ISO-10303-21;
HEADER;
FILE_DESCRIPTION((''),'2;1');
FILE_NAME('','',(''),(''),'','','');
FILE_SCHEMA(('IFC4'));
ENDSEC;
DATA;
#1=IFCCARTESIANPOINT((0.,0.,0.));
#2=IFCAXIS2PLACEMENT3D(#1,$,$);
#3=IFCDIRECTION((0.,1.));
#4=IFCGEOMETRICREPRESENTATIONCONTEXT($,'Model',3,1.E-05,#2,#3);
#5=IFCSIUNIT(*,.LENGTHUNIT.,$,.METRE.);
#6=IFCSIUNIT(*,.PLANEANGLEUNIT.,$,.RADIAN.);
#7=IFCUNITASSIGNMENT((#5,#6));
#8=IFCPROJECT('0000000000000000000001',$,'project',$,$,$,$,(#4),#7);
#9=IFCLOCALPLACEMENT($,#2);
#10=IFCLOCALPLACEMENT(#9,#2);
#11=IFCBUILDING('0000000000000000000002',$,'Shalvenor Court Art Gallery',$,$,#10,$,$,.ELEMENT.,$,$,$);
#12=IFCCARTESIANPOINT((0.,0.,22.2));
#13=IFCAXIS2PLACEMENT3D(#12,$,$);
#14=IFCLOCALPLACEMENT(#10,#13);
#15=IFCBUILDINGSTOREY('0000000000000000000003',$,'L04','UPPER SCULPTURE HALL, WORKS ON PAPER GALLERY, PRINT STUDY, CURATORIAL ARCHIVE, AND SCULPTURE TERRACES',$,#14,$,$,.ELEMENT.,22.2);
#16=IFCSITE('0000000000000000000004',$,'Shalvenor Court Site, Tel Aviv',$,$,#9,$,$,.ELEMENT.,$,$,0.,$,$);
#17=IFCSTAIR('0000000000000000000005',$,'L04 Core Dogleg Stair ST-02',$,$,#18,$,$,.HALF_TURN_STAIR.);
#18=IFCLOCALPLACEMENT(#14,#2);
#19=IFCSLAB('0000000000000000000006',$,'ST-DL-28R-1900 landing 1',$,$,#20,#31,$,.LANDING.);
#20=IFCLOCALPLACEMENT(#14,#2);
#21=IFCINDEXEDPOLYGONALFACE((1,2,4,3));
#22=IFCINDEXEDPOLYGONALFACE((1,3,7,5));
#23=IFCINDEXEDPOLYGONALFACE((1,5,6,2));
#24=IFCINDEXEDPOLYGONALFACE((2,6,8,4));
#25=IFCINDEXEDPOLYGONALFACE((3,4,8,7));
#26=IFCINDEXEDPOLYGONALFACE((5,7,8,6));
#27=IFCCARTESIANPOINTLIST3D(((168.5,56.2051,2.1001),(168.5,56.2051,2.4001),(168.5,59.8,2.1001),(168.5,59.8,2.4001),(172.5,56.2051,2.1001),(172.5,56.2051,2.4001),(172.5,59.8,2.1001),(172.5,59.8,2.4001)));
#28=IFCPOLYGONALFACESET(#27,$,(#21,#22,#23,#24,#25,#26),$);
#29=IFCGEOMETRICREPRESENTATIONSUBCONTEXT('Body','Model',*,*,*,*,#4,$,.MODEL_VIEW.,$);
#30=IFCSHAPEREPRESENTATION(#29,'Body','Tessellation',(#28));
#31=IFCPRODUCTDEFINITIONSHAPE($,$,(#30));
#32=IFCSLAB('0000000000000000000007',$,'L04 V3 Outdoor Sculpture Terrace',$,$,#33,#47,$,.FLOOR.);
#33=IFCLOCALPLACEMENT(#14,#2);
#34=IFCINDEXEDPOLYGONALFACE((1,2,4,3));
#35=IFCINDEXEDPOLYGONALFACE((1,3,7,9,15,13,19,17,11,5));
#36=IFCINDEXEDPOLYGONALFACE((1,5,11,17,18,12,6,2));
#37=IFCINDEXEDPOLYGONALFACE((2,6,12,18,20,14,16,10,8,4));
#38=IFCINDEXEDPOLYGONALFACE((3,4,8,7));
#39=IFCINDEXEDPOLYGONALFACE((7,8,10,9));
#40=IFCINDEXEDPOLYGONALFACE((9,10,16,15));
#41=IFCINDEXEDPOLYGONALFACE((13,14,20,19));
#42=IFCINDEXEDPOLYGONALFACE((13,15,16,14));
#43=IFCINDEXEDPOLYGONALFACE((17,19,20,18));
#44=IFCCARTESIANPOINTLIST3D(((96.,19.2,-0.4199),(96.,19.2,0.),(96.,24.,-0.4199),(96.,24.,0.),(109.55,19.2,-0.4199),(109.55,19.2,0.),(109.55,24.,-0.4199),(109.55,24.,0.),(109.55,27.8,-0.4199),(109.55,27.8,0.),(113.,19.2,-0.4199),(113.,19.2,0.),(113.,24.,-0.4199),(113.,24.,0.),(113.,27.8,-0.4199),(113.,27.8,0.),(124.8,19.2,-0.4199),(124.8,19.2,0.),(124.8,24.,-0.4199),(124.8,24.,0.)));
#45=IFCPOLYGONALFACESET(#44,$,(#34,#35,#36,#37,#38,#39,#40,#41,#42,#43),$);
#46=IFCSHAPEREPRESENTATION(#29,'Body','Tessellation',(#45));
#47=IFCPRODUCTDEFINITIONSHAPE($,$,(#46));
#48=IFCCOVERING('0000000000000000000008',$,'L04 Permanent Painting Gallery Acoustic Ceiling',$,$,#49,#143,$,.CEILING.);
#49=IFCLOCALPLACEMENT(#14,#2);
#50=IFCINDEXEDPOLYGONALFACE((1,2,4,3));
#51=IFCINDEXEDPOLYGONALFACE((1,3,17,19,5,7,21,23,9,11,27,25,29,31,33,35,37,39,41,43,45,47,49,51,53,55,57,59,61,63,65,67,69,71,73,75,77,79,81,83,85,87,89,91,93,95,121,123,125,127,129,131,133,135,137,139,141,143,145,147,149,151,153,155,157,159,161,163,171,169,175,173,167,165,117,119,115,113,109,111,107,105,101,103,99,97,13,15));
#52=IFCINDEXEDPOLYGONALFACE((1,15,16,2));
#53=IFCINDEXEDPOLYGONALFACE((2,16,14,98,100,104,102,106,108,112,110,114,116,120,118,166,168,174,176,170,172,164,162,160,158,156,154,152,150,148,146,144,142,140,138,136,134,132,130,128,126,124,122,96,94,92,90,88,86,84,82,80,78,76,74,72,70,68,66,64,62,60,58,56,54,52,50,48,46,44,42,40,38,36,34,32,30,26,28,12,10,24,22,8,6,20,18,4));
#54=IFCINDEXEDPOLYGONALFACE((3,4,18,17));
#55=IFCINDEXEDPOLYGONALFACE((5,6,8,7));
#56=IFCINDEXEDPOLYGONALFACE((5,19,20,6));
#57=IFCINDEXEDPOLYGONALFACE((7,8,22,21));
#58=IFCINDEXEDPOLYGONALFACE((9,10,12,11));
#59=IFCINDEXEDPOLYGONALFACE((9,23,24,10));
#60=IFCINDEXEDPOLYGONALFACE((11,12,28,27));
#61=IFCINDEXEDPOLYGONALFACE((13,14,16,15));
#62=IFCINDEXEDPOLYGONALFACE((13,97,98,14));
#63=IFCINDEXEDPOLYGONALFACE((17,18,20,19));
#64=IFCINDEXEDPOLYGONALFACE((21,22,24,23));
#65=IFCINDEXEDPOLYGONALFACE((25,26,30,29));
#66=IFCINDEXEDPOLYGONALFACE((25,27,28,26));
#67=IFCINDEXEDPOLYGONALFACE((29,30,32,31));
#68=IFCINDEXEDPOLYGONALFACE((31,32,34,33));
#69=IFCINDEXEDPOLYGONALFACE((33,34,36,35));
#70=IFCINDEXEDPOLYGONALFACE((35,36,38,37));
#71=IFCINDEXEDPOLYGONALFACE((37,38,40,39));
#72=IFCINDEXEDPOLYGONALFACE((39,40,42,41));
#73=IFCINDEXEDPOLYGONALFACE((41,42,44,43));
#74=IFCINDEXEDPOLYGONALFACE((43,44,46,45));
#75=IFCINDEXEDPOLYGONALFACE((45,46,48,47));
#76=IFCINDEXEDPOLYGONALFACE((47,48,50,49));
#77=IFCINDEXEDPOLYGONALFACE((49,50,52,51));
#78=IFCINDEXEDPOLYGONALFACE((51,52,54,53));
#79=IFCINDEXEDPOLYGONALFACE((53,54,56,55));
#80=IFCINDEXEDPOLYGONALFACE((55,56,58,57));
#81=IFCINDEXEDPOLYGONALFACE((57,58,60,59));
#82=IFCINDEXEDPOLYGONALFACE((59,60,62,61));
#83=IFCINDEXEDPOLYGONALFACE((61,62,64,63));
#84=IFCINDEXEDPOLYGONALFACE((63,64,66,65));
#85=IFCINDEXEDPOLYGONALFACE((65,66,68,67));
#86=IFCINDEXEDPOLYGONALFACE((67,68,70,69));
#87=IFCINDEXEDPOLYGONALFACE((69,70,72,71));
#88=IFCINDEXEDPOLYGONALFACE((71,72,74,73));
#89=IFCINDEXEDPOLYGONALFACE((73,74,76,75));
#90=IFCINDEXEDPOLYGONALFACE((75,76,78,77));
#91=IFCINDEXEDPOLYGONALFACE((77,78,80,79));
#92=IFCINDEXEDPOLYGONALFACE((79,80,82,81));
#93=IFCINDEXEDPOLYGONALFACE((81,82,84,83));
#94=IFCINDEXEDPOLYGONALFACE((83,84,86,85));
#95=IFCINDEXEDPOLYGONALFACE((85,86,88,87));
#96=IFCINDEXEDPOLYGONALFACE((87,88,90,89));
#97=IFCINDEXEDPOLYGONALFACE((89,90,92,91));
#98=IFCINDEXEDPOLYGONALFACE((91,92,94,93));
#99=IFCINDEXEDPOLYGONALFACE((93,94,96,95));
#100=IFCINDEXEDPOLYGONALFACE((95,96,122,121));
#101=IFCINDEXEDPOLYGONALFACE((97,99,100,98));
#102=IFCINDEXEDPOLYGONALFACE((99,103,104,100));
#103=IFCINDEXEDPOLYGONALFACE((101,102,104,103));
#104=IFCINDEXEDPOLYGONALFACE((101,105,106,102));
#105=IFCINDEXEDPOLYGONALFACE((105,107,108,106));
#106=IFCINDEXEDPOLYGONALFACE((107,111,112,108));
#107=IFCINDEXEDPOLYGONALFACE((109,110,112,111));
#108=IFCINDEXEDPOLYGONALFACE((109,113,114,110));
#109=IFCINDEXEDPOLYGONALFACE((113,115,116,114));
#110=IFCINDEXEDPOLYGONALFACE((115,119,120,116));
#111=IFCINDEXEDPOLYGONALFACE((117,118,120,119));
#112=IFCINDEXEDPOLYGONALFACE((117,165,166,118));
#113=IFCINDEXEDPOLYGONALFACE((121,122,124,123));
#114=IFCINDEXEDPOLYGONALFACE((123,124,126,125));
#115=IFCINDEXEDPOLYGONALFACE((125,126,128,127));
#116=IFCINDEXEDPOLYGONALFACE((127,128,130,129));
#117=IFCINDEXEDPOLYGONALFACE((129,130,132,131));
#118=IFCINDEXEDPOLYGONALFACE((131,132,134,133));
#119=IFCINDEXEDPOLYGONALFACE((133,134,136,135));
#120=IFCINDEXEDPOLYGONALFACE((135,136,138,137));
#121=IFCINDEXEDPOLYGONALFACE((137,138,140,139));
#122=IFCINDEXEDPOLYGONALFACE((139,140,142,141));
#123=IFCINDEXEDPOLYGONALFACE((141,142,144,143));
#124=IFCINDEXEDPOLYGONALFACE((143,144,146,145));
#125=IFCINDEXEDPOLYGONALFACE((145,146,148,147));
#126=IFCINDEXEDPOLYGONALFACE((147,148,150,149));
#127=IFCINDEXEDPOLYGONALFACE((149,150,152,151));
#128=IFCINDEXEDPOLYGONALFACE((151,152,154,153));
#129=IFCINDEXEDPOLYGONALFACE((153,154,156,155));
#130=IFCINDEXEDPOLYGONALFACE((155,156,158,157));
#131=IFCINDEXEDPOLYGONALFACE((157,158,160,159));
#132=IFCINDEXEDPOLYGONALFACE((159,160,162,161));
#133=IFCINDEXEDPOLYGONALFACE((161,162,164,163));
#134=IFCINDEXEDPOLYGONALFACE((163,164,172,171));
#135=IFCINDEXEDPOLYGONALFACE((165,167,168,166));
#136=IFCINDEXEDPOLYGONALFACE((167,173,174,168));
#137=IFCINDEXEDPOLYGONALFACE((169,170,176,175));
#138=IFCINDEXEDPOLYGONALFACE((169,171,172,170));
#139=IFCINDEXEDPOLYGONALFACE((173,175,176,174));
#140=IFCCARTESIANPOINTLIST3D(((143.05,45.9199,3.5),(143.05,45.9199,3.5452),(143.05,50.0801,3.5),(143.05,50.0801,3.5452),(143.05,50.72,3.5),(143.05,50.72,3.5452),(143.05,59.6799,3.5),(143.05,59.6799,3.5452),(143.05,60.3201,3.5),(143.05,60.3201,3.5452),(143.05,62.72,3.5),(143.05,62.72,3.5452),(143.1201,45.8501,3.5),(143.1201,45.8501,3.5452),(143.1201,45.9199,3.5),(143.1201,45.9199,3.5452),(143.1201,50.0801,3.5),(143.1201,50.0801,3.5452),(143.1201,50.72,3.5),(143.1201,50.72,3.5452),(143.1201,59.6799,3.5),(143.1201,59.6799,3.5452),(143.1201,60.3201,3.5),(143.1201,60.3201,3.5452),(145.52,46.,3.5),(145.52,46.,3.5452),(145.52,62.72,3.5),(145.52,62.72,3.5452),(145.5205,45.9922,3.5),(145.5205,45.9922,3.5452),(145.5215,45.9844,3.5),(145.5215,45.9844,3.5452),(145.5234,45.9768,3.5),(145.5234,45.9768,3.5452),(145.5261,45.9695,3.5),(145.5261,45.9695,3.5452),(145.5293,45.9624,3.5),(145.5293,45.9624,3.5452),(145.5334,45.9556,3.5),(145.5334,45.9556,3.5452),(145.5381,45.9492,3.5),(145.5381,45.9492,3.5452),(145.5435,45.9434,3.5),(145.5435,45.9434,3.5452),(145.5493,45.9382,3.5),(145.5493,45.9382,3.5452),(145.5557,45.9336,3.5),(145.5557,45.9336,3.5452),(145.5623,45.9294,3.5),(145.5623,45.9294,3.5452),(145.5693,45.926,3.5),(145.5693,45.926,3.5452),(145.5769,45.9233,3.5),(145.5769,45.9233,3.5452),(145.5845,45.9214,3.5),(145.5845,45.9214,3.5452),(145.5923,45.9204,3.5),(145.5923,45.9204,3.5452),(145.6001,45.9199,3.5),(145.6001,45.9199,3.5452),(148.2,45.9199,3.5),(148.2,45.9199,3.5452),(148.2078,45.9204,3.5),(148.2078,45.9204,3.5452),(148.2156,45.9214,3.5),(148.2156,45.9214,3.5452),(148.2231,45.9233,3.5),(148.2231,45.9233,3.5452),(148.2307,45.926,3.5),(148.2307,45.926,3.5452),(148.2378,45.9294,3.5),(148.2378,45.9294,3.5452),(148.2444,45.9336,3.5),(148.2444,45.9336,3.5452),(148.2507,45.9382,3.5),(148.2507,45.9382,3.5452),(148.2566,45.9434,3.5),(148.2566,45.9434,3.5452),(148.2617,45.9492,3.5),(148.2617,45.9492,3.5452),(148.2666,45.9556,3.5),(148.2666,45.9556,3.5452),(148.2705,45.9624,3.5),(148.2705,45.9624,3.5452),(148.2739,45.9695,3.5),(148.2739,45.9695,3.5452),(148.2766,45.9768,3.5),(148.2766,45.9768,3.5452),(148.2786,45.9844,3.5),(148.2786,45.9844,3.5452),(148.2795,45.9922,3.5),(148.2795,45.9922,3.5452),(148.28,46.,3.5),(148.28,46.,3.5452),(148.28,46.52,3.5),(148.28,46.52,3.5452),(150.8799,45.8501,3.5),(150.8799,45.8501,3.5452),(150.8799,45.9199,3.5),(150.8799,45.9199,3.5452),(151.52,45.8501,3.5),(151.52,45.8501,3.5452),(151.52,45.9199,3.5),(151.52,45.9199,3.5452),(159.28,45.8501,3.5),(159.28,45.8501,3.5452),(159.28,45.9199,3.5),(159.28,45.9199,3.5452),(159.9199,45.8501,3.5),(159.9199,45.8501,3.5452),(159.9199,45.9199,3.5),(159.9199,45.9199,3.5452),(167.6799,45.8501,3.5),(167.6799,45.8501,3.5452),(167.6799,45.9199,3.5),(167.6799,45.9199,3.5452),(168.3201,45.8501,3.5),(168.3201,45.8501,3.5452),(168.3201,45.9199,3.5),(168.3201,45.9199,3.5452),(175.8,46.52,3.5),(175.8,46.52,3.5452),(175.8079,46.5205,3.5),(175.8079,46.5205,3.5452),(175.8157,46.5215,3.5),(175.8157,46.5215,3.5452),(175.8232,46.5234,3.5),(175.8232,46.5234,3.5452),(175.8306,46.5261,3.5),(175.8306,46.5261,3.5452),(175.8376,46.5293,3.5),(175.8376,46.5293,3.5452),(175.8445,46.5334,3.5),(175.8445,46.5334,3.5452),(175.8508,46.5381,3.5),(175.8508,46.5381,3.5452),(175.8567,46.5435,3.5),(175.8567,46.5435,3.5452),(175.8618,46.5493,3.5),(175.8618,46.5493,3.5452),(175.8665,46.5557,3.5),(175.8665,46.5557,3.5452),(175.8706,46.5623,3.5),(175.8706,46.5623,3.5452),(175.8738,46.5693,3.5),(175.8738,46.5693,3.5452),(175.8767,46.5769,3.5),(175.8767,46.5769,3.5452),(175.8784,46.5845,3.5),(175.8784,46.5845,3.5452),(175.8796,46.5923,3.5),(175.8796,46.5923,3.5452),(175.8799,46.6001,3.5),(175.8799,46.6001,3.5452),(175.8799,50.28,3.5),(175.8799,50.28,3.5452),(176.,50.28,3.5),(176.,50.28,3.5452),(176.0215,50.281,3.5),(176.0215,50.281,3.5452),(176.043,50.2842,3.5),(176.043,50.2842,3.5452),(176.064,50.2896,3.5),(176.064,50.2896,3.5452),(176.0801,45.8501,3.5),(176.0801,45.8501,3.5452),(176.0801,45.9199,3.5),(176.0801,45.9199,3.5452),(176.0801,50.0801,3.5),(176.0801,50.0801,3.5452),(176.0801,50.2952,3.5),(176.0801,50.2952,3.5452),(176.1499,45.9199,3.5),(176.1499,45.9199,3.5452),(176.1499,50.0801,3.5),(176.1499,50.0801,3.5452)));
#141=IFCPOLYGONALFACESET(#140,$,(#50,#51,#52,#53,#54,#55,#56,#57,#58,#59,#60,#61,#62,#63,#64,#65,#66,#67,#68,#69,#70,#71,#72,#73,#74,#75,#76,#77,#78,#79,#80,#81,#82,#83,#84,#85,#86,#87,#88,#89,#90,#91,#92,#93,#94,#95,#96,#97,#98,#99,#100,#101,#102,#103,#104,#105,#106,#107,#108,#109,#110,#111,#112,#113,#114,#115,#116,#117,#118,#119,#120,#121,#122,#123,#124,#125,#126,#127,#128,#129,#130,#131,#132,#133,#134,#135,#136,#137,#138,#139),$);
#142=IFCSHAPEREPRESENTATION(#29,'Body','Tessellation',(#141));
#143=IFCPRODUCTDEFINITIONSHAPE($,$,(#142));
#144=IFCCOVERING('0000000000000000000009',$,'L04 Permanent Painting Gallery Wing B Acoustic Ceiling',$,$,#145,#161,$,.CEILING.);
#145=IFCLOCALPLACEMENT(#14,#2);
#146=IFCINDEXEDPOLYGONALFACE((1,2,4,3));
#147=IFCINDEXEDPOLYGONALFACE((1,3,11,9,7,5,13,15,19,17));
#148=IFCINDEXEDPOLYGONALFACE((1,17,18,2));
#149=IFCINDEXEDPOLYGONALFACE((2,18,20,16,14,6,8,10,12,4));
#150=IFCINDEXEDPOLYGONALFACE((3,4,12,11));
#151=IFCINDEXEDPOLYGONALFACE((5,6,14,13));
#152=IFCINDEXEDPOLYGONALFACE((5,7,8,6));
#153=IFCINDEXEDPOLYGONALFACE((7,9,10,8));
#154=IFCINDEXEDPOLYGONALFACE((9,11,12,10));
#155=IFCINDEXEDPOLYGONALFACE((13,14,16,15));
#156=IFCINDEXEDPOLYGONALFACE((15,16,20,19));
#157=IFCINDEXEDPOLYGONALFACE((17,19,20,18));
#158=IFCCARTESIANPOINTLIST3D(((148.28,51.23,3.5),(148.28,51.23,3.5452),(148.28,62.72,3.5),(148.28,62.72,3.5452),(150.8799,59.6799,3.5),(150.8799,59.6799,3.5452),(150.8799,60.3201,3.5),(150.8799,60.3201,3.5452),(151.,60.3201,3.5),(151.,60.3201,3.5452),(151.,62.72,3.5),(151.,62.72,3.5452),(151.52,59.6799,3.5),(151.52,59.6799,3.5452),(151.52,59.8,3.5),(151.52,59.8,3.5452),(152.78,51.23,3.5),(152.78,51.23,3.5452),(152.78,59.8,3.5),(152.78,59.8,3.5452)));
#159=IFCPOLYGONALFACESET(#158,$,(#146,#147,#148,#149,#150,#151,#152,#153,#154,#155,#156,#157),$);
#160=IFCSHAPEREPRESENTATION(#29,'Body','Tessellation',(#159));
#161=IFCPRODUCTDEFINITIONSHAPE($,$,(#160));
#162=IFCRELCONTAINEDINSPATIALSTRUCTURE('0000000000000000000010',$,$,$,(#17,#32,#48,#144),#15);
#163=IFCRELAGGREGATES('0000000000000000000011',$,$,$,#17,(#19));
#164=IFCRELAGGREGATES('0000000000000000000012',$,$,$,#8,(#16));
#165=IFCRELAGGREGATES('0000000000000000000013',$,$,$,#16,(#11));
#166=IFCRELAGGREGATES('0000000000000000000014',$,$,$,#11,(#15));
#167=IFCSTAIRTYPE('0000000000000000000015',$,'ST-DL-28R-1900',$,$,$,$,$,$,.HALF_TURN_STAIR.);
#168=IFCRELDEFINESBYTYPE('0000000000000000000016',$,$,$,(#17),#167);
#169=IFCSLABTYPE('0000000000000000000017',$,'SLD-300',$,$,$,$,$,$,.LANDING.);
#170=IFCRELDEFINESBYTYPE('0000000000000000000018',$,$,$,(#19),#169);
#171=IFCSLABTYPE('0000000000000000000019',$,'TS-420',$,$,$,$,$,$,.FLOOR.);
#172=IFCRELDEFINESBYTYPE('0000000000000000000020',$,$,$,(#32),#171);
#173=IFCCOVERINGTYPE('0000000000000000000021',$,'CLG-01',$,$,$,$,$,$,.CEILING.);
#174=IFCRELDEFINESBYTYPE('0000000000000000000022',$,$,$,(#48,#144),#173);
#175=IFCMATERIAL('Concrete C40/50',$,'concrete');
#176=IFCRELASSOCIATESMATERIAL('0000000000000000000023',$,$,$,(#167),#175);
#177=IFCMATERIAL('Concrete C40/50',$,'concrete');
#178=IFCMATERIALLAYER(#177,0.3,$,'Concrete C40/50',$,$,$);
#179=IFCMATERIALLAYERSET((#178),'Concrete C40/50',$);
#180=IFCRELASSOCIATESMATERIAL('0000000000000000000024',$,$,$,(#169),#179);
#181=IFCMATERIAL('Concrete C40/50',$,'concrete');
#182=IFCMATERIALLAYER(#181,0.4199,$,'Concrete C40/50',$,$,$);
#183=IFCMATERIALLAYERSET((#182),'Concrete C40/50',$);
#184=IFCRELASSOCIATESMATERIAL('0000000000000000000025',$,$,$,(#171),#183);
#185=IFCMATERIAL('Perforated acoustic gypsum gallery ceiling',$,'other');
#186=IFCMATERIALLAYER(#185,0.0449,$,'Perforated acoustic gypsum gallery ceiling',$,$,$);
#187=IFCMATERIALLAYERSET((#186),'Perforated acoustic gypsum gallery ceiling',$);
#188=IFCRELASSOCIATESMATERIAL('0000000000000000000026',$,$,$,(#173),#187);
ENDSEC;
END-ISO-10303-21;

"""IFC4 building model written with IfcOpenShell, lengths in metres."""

from ifc_helpers import new_model, si_unit, direction, frame, origin, place, context, subcontext, project, spatial, polyline, outline, extrude, material, layer, layer_set, type_object, element, aggregate, save


model = new_model("IFC4")

# Units and contexts
model_context = context("Model", 3, precision=1e-05, world=origin(), true_north=direction((0.0, 1.0)))
body_context = subcontext(model_context, "Body", "Model", "MODEL_VIEW")
ifc_project = project(units=[si_unit("LENGTHUNIT", "METRE"), si_unit("PLANEANGLEUNIT", "RADIAN")], contexts=[model_context])

# Site, building, storey
site_placement = place(None, origin())
site = spatial("IfcSite", under=ifc_project, at=site_placement, Name="Shalvenor Court Site, Tel Aviv", CompositionType="ELEMENT", RefElevation=0.0)
building_placement = place(site_placement, origin())
building = spatial("IfcBuilding", under=site, at=building_placement, Name="Shalvenor Court Art Gallery", CompositionType="ELEMENT")
storey_placement = place(building_placement, frame((0.0, 0.0, 22.2)))
storey = spatial("IfcBuildingStorey", under=building, at=storey_placement, Name="L04", Description="UPPER SCULPTURE HALL, WORKS ON PAPER GALLERY, PRINT STUDY, CURATORIAL ARCHIVE, AND SCULPTURE TERRACES", CompositionType="ELEMENT", Elevation=22.2)

# Stair, slab
ifc_material_1 = material(Name="Concrete C40/50", Category="concrete")
stair_type = type_object("IfcStairType", Name="ST-DL-28R-1900", PredefinedType="HALF_TURN_STAIR", material=ifc_material_1)
ifc_material_2 = material(Name="Concrete C40/50", Category="concrete")
ifc_layer_1 = layer(ifc_material_2, 0.3, Name="Concrete C40/50")
ifc_layer_set_1 = layer_set([ifc_layer_1], Name="Concrete C40/50")
slab_type_1 = type_object("IfcSlabType", Name="SLD-300", PredefinedType="LANDING", material=ifc_layer_set_1)
stair_1_placement = place(storey_placement, origin())
stair_1 = element("IfcStair", 1, at=stair_1_placement, inside=storey, type_object=stair_type, Name="L04 Core Dogleg Stair ST-02", PredefinedType="HALF_TURN_STAIR")
slab_1_placement = place(storey_placement, frame((0.0, 0.0, 2.1001)))
slab_1 = element("IfcSlab", 2, at=slab_1_placement, type_object=slab_type_1, Name="ST-DL-28R-1900 landing 1", PredefinedType="LANDING", context=body_context, shape_type="SweptSolid", body=[
    extrude(outline(polyline([(172.5, 56.2051), (172.5, 59.8), (168.5, 59.8), (168.5, 56.2051), (172.5, 56.2051)])), origin(), (0.0, 0.0, 1.0), 0.3),
])
aggregate(stair_1, [slab_1])

# Slab
ifc_material_3 = material(Name="Concrete C40/50", Category="concrete")
ifc_layer_2 = layer(ifc_material_3, 0.4199, Name="Concrete C40/50")
ifc_layer_set_2 = layer_set([ifc_layer_2], Name="Concrete C40/50")
slab_type_2 = type_object("IfcSlabType", Name="TS-420", PredefinedType="FLOOR", material=ifc_layer_set_2)
slab_2_placement = place(storey_placement, frame((0.0, 0.0, -0.4199)))
element("IfcSlab", 3, at=slab_2_placement, inside=storey, type_object=slab_type_2, Name="L04 V3 Outdoor Sculpture Terrace", PredefinedType="FLOOR", context=body_context, shape_type="SweptSolid", body=[
    extrude(outline(polyline([(124.8, 24.0), (124.8, 19.2), (113.0, 19.2), (109.55, 19.2), (96.0, 19.2), (96.0, 24.0), (109.55, 24.0), (109.55, 27.8), (113.0, 27.8), (113.0, 24.0), (124.8, 24.0)])), origin(), (0.0, 0.0, 1.0), 0.4199),
])

# Coverings
ifc_material_4 = material(Name="Perforated acoustic gypsum gallery ceiling", Category="other")
ifc_layer_3 = layer(ifc_material_4, 0.0449, Name="Perforated acoustic gypsum gallery ceiling")
ifc_layer_set_3 = layer_set([ifc_layer_3], Name="Perforated acoustic gypsum gallery ceiling")
covering_type_1 = type_object("IfcCoveringType", Name="CLG-01", PredefinedType="CEILING", material=ifc_layer_set_3)
covering_1_placement = place(storey_placement, frame((0.0, 0.0, 3.5)))
element("IfcCovering", 4, at=covering_1_placement, inside=storey, type_object=covering_type_1, Name="L04 Permanent Painting Gallery Acoustic Ceiling", PredefinedType="CEILING", context=body_context, shape_type="SweptSolid", body=[
    extrude(outline(polyline([(145.5205, 45.9922), (145.5215, 45.9844), (145.5234, 45.9768), (145.5261, 45.9695), (145.5293, 45.9624), (145.5334, 45.9556), (145.5381, 45.9492), (145.5435, 45.9434), (145.5493, 45.9382), (145.5557, 45.9336), (145.5623, 45.9294), (145.5693, 45.926), (145.5769, 45.9233), (145.5845, 45.9214), (145.5923, 45.9204), (145.6001, 45.9199), (148.2, 45.9199), (148.2078, 45.9204), (148.2156, 45.9214), (148.2231, 45.9233), (148.2307, 45.926), (148.2378, 45.9294), (148.2444, 45.9336), (148.2507, 45.9382), (148.2566, 45.9434), (148.2617, 45.9492), (148.2666, 45.9556), (148.2705, 45.9624), (148.2739, 45.9695), (148.2766, 45.9768), (148.2786, 45.9844), (148.2795, 45.9922), (148.28, 46.0), (148.28, 46.52), (175.8, 46.52), (175.8079, 46.5205), (175.8157, 46.5215), (175.8232, 46.5234), (175.8306, 46.5261), (175.8376, 46.5293), (175.8445, 46.5334), (175.8508, 46.5381), (175.8567, 46.5435), (175.8618, 46.5493), (175.8665, 46.5557), (175.8706, 46.5623), (175.8738, 46.5693), (175.8767, 46.5769), (175.8784, 46.5845), (175.8796, 46.5923), (175.8799, 46.6001), (175.8799, 50.28), (176.0, 50.28), (176.0215, 50.281), (176.043, 50.2842), (176.064, 50.2896), (176.0801, 50.2952), (176.0801, 50.0801), (176.1499, 50.0801), (176.1499, 45.9199), (176.0801, 45.9199), (176.0801, 45.8501), (168.3201, 45.8501), (168.3201, 45.9199), (167.6799, 45.9199), (167.6799, 45.8501), (159.9199, 45.8501), (159.9199, 45.9199), (159.28, 45.9199), (159.28, 45.8501), (151.52, 45.8501), (151.52, 45.9199), (150.8799, 45.9199), (150.8799, 45.8501), (143.1201, 45.8501), (143.1201, 45.9199), (143.05, 45.9199), (143.05, 50.0801), (143.1201, 50.0801), (143.1201, 50.72), (143.05, 50.72), (143.05, 59.6799), (143.1201, 59.6799), (143.1201, 60.3201), (143.05, 60.3201), (143.05, 62.72), (145.52, 62.72), (145.52, 46.0), (145.5205, 45.9922)])), origin(), (0.0, 0.0, 1.0), 0.0452),
])
covering_2_placement = place(storey_placement, frame((0.0, 0.0, 3.5)))
element("IfcCovering", 5, at=covering_2_placement, inside=storey, type_object=covering_type_1, Name="L04 Permanent Painting Gallery Wing B Acoustic Ceiling", PredefinedType="CEILING", context=body_context, shape_type="SweptSolid", body=[
    extrude(outline(polyline([(152.78, 51.23), (148.28, 51.23), (148.28, 62.72), (151.0, 62.72), (151.0, 60.3201), (150.8799, 60.3201), (150.8799, 59.6799), (151.52, 59.6799), (151.52, 59.8), (152.78, 59.8), (152.78, 51.23)])), origin(), (0.0, 0.0, 1.0), 0.0452),
])

save(model, "model.ifc")
